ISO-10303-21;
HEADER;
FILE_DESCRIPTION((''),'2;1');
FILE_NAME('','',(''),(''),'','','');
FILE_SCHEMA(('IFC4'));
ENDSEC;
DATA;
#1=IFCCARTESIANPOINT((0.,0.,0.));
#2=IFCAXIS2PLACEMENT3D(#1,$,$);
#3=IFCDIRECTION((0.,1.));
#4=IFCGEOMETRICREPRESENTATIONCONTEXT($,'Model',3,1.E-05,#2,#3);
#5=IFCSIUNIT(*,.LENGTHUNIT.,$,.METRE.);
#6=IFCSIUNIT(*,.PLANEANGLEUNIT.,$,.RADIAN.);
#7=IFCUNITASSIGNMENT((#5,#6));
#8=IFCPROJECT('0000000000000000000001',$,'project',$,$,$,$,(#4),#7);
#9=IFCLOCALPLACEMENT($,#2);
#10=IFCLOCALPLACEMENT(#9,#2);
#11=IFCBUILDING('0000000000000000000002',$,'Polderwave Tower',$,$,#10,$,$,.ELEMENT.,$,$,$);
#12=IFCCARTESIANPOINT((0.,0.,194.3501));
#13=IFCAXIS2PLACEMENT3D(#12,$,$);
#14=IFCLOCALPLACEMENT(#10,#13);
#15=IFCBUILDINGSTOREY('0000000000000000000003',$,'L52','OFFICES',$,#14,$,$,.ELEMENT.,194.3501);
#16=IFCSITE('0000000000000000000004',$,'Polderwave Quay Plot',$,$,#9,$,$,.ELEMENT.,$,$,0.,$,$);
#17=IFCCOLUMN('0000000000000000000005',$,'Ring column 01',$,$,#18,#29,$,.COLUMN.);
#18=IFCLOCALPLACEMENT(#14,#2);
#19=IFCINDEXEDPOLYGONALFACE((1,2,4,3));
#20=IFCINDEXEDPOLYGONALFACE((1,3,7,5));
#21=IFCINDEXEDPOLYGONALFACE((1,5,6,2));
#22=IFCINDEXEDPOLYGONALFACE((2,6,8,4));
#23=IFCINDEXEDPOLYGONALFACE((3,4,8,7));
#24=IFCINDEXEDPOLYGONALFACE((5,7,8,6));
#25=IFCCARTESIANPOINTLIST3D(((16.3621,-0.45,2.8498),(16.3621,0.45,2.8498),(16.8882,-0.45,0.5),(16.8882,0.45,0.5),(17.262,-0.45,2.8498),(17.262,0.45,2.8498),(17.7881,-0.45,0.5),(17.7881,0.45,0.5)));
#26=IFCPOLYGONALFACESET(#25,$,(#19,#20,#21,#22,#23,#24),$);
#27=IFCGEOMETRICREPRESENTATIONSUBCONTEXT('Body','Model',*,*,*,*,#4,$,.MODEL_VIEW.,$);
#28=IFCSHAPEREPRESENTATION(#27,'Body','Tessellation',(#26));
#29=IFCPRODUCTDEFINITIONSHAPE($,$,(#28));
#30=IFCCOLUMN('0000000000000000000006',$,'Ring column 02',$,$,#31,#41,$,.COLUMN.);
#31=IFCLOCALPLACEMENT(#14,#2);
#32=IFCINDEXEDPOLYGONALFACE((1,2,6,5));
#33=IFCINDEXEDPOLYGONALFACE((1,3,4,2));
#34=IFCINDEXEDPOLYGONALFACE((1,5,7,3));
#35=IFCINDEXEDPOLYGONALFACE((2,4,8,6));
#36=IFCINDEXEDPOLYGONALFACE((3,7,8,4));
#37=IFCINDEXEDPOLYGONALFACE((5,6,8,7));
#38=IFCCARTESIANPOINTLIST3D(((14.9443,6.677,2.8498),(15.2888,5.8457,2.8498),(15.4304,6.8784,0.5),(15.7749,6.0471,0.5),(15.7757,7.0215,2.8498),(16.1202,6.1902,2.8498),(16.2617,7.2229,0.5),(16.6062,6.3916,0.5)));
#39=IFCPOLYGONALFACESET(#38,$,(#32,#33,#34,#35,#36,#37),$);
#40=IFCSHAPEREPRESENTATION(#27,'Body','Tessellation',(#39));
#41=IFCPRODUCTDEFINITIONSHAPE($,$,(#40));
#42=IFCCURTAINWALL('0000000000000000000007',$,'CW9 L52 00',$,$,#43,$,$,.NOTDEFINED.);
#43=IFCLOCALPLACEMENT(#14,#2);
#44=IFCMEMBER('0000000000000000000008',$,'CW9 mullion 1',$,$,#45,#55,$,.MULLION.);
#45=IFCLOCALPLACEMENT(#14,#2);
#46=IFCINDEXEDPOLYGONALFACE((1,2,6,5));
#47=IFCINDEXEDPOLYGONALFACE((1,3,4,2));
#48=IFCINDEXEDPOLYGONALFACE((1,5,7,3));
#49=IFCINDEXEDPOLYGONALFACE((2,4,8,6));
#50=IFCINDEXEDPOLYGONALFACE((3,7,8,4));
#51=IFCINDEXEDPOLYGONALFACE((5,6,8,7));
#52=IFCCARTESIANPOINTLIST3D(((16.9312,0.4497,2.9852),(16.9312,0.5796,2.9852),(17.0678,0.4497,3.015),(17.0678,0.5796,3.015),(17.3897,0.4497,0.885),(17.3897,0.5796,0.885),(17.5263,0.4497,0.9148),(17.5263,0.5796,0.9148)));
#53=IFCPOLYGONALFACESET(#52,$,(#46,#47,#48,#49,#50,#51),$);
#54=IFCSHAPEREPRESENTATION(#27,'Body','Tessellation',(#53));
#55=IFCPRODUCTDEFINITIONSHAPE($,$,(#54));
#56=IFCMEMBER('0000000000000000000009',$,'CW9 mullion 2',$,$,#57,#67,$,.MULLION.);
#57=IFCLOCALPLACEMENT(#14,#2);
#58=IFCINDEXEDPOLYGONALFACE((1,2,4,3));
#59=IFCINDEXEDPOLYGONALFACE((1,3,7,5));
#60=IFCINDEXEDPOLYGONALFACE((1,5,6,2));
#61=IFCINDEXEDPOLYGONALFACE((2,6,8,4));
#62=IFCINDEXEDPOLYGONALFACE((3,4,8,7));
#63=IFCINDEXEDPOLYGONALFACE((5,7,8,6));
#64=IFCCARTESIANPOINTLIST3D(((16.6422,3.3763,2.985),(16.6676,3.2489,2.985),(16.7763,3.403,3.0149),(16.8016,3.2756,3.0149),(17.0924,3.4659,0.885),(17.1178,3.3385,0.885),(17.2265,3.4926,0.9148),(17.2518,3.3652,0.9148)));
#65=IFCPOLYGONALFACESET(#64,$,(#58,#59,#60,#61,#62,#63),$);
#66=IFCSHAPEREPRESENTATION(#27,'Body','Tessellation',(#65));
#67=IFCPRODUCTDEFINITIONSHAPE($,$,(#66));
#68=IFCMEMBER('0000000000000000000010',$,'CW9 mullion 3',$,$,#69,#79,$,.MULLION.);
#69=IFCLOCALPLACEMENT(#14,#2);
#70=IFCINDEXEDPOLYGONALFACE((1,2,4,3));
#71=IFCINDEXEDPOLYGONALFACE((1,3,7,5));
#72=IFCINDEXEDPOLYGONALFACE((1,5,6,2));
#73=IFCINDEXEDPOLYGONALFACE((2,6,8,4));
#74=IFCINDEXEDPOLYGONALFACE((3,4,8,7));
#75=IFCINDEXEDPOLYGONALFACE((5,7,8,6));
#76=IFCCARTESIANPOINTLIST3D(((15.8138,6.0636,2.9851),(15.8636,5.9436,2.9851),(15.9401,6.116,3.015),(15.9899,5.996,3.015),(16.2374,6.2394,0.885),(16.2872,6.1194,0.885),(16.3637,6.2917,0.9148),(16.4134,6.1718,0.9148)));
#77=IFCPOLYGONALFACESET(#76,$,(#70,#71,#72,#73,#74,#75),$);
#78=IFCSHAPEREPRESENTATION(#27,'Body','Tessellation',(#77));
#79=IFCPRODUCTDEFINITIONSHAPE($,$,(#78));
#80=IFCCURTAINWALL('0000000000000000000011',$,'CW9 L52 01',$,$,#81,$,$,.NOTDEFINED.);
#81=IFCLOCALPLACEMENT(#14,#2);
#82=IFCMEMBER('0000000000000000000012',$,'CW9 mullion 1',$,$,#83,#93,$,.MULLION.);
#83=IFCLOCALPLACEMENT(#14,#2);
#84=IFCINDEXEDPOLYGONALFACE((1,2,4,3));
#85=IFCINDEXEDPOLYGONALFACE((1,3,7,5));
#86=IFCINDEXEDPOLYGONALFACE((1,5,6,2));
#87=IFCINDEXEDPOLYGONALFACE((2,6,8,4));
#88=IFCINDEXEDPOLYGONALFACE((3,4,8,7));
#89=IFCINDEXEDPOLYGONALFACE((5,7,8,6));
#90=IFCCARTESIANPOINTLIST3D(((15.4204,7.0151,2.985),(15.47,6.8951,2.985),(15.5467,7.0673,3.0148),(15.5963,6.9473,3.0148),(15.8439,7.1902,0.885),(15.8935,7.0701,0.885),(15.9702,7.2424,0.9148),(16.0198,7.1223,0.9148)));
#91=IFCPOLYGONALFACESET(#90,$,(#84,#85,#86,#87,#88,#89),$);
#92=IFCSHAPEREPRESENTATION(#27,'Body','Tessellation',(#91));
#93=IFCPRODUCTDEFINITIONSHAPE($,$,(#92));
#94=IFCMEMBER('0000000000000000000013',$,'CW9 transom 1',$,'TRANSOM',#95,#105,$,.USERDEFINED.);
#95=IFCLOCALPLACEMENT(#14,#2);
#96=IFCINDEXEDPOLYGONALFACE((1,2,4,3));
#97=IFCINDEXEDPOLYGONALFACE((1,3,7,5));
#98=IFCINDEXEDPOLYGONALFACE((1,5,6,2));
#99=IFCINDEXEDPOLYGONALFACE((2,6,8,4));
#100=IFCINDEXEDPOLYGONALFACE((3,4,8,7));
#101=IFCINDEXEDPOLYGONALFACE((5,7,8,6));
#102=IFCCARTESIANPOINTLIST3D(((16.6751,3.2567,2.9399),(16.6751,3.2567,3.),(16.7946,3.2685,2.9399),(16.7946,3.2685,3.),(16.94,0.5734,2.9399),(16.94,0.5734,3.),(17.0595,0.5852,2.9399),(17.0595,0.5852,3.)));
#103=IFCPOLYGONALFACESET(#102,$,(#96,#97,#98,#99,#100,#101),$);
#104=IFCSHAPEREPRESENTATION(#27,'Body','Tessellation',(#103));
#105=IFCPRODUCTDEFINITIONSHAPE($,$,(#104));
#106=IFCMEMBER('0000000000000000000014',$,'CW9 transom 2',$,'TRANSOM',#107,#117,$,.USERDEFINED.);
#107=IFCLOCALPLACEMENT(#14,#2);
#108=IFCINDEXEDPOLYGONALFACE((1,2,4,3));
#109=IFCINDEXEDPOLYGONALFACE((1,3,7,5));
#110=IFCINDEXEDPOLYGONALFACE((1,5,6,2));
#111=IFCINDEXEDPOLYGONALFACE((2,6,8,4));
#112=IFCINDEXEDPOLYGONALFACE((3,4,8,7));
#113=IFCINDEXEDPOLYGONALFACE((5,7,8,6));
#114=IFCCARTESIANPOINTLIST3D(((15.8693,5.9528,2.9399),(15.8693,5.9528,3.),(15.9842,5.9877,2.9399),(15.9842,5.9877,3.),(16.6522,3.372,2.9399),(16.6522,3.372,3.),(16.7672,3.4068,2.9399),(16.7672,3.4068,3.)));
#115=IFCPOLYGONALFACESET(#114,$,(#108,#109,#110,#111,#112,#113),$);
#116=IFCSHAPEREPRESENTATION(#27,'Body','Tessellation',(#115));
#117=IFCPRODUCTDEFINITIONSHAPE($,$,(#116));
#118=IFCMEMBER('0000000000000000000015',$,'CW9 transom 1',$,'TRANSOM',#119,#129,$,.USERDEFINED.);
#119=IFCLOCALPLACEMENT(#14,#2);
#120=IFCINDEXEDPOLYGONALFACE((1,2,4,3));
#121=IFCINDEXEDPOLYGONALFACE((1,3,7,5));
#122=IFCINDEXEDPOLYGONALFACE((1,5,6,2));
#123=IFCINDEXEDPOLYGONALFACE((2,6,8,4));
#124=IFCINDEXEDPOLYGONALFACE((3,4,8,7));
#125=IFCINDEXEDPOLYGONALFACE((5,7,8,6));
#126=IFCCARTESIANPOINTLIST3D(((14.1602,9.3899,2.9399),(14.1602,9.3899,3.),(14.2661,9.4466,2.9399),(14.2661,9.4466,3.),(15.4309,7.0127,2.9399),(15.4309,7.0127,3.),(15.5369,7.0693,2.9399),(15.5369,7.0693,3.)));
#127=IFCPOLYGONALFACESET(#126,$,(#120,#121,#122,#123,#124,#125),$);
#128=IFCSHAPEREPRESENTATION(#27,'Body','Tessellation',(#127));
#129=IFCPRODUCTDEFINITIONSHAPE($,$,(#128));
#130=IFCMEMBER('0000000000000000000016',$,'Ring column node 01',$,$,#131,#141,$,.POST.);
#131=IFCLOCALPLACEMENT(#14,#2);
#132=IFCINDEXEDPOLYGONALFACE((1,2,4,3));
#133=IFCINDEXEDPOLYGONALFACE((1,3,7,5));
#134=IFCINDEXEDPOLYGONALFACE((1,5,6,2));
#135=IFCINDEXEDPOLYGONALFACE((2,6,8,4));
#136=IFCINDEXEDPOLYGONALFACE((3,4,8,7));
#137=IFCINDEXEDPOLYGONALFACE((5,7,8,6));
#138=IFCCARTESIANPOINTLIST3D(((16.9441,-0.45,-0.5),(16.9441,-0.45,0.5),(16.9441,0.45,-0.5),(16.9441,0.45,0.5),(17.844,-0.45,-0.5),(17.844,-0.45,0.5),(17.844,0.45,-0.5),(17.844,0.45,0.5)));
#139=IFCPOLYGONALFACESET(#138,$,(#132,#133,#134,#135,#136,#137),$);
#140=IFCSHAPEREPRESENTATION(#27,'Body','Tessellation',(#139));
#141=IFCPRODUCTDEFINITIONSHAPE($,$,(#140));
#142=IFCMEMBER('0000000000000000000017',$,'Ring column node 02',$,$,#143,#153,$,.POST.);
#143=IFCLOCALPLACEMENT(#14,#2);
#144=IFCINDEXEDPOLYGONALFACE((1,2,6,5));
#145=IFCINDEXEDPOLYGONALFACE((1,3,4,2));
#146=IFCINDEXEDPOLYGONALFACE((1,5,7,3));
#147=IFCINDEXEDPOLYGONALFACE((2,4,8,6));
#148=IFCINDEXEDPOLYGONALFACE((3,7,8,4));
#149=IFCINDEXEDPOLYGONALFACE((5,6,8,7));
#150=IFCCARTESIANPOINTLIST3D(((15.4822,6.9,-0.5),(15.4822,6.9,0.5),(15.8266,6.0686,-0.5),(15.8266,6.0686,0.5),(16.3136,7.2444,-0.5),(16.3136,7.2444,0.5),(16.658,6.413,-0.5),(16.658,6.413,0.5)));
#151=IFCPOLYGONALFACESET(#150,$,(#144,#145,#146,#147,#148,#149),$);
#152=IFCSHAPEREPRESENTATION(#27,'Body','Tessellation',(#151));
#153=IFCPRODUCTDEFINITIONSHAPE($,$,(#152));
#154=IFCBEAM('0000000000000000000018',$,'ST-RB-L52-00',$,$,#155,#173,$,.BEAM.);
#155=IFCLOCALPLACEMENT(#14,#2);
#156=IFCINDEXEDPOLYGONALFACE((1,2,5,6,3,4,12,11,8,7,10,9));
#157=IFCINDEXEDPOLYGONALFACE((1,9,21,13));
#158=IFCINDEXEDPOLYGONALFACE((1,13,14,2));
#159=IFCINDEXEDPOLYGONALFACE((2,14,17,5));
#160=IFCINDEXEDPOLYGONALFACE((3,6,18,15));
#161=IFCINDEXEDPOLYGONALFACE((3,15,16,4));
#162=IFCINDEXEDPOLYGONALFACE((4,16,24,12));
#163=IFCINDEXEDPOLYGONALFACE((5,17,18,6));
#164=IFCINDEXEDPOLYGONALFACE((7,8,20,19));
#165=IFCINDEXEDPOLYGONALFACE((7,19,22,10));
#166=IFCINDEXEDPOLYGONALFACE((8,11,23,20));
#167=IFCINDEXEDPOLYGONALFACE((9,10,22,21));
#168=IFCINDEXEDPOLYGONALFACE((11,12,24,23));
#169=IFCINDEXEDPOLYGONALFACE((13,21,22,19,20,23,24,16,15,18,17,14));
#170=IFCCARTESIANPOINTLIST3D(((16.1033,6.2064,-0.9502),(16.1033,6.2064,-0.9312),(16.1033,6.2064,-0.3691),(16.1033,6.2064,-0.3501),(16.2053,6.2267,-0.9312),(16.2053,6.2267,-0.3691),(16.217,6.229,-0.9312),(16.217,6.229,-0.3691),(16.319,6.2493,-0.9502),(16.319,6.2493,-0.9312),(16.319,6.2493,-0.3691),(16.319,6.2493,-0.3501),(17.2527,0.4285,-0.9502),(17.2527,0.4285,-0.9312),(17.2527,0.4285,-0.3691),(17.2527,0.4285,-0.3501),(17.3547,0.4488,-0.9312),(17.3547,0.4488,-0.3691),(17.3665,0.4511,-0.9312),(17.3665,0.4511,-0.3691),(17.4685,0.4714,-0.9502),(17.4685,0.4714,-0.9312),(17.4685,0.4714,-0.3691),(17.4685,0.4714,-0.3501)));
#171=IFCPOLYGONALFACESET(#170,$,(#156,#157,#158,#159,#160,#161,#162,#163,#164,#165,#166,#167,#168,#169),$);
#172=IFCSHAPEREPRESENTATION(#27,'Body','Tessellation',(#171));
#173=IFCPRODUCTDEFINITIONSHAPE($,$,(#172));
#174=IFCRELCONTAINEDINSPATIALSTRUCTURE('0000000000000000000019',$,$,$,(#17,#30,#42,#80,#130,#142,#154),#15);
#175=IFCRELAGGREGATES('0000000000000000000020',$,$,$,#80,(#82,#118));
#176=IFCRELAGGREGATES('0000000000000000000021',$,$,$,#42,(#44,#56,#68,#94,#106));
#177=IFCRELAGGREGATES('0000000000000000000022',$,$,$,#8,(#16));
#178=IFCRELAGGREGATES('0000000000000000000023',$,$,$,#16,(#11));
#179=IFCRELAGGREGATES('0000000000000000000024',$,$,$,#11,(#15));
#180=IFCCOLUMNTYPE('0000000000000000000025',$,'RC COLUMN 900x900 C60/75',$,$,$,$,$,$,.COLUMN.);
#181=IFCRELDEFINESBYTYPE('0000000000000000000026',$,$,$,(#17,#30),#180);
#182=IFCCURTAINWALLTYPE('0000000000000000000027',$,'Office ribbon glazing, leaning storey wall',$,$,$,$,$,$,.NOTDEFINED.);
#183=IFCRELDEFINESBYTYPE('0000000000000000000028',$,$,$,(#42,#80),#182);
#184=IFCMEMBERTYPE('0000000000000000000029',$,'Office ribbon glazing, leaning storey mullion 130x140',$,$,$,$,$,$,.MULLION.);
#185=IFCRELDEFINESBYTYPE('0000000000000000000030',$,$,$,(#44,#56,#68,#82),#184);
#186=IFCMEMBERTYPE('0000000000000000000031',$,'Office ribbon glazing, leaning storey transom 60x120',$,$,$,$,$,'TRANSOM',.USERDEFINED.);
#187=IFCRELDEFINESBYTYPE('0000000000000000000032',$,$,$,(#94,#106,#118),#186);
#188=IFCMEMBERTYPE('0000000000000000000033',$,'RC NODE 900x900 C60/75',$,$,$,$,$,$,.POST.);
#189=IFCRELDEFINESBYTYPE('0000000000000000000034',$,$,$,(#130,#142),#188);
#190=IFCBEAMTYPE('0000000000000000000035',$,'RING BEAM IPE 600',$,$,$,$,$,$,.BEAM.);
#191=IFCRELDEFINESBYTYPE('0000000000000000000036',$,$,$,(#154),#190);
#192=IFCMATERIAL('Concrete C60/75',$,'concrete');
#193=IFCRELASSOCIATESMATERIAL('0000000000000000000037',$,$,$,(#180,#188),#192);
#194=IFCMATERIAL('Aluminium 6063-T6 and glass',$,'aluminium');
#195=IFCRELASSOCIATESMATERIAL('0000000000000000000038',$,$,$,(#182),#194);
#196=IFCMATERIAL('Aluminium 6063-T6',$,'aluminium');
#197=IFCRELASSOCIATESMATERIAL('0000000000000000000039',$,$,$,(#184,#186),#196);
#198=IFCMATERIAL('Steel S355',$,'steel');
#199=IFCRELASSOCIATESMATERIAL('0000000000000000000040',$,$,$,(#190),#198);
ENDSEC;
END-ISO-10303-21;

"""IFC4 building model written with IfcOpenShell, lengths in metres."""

from ifc_helpers import new_model, si_unit, direction, frame, origin, origin_2d, place, context, subcontext, project, spatial, rectangle, i_section, extrude, material, material_profile, profile_set, type_object, element, aggregate, save


model = new_model("IFC4")

# Units and contexts
model_context = context("Model", 3, precision=1e-05, world=origin(), true_north=direction((0.0, 1.0)))
body_context = subcontext(model_context, "Body", "Model", "MODEL_VIEW")
ifc_project = project(units=[si_unit("LENGTHUNIT", "METRE"), si_unit("PLANEANGLEUNIT", "RADIAN")], contexts=[model_context])

# Site, building, storey
site_placement = place(None, origin())
site = spatial("IfcSite", under=ifc_project, at=site_placement, Name="Polderwave Quay Plot", CompositionType="ELEMENT", RefElevation=0.0)
building_placement = place(site_placement, origin())
building = spatial("IfcBuilding", under=site, at=building_placement, Name="Polderwave Tower", CompositionType="ELEMENT")
storey_placement = place(building_placement, frame((0.0, 0.0, 194.3501)))
storey = spatial("IfcBuildingStorey", under=building, at=storey_placement, Name="L52", Description="OFFICES", CompositionType="ELEMENT", Elevation=194.3501)

# Columns
ifc_material_1 = material(Name="Concrete C60/75", Category="concrete")
ifc_material_profile_1 = material_profile(ifc_material_1, rectangle(XDim=0.8999, YDim=0.8999, at=origin_2d()), Name="RC 900x900")
ifc_profile_set_1 = profile_set([ifc_material_profile_1], Name="Concrete C60/75")
column_type = type_object("IfcColumnType", Name="RC COLUMN 900x900 C60/75", PredefinedType="COLUMN", material=ifc_profile_set_1)
column_1_placement = place(storey_placement, frame((17.3381, 0.0, 0.5), z_axis=(0.0, 0.0, 1.0), x_axis=(0.0, -1.0, 0.0)))
element("IfcColumn", 1, at=column_1_placement, inside=storey, type_object=column_type, Name="Ring column 01", PredefinedType="COLUMN", context=body_context, shape_type="SweptSolid", body=[
    extrude(rectangle(XDim=0.8999, YDim=0.8999, at=origin_2d()), origin(), (0.0, -0.218487, 0.97584), 2.408),
])
column_2_placement = place(storey_placement, frame((16.0183, 6.635, 0.5), z_axis=(0.0, 0.0, 1.0), x_axis=(0.382803, -0.92383, 0.0)))
element("IfcColumn", 2, at=column_2_placement, inside=storey, type_object=column_type, Name="Ring column 02", PredefinedType="COLUMN", context=body_context, shape_type="SweptSolid", body=[
    extrude(rectangle(XDim=0.8999, YDim=0.8999, at=origin_2d()), origin(), (0.0, -0.218502, 0.975836), 2.408),
])

# Curtain wall, members
ifc_material_2 = material(Name="Aluminium 6063-T6 and glass", Category="aluminium")
curtain_wall_type = type_object("IfcCurtainWallType", Name="Office ribbon glazing, leaning storey wall", PredefinedType="NOTDEFINED", material=ifc_material_2)
curtain_wall_1_placement = place(storey_placement, origin())
curtain_wall_1 = element("IfcCurtainWall", 3, at=curtain_wall_1_placement, inside=storey, type_object=curtain_wall_type, Name="CW9 L52 00", PredefinedType="NOTDEFINED")
ifc_material_3 = material(Name="Aluminium 6063-T6", Category="aluminium")
ifc_material_profile_2 = material_profile(ifc_material_3, rectangle(XDim=0.1299, YDim=0.1399, at=origin_2d()), Name="AL 130x140")
ifc_profile_set_2 = profile_set([ifc_material_profile_2], Name="Aluminium 6063-T6")
member_type_1 = type_object("IfcMemberType", Name="Office ribbon glazing, leaning storey mullion 130x140", PredefinedType="MULLION", material=ifc_profile_set_2)
member_1_placement = place(storey_placement, frame((17.458, 0.5146, 0.8999), z_axis=(-0.213297, 0.0, 0.976987), x_axis=(0.0, -1.0, 0.0)))
member_1 = element("IfcMember", 4, at=member_1_placement, type_object=member_type_1, Name="CW9 mullion 1", PredefinedType="MULLION", context=body_context, shape_type="SweptSolid", body=[
    extrude(rectangle(XDim=0.1299, YDim=0.1399, at=origin_2d()), origin(), (0.0, 0.0, 1.0), 2.1497),
])
member_2_placement = place(storey_placement, frame((17.1721, 3.4155, 0.8999), z_axis=(-0.209425, -0.04168, 0.976936), x_axis=(0.195196, -0.980764, 0.0)))
member_2 = element("IfcMember", 5, at=member_2_placement, type_object=member_type_1, Name="CW9 mullion 2", PredefinedType="MULLION", context=body_context, shape_type="SweptSolid", body=[
    extrude(rectangle(XDim=0.1299, YDim=0.1399, at=origin_2d()), origin(), (0.0, 0.0, 1.0), 2.1497),
])
member_3_placement = place(storey_placement, frame((16.3254, 6.2056, 0.8999), z_axis=(-0.197053, -0.081774, 0.976976), x_axis=(0.383292, -0.923627, 0.0)))
member_3 = element("IfcMember", 6, at=member_3_placement, type_object=member_type_1, Name="CW9 mullion 3", PredefinedType="MULLION", context=body_context, shape_type="SweptSolid", body=[
    extrude(rectangle(XDim=0.1299, YDim=0.1399, at=origin_2d()), origin(), (0.0, 0.0, 1.0), 2.1497),
])

# Curtain wall, member
curtain_wall_2_placement = place(storey_placement, origin())
curtain_wall_2 = element("IfcCurtainWall", 7, at=curtain_wall_2_placement, inside=storey, type_object=curtain_wall_type, Name="CW9 L52 01", PredefinedType="NOTDEFINED")
member_4_placement = place(storey_placement, frame((15.9319, 7.1562, 0.8999), z_axis=(-0.197059, -0.081436, 0.977004), x_axis=(0.381928, -0.924192, 0.0)))
member_4 = element("IfcMember", 8, at=member_4_placement, type_object=member_type_1, Name="CW9 mullion 1", PredefinedType="MULLION", context=body_context, shape_type="SweptSolid", body=[
    extrude(rectangle(XDim=0.1299, YDim=0.1399, at=origin_2d()), origin(), (0.0, 0.0, 1.0), 2.1494),
])

# Members
ifc_material_profile_3 = material_profile(ifc_material_3, rectangle(XDim=0.1201, YDim=0.0601, at=origin_2d()), Name="AL 60x120")
ifc_profile_set_3 = profile_set([ifc_material_profile_3], Name="Aluminium 6063-T6")
member_type_2 = type_object("IfcMemberType", Name="Office ribbon glazing, leaning storey transom 60x120", ElementType="TRANSOM", PredefinedType="USERDEFINED", material=ifc_profile_set_3)
member_5_placement = place(storey_placement, frame((16.9998, 0.5793, 2.97), z_axis=(-0.09824, 0.995163, 0.0), x_axis=(-0.995163, -0.09824, 0.0)))
member_5 = element("IfcMember", 9, at=member_5_placement, type_object=member_type_2, Name="CW9 transom 1", ObjectType="TRANSOM", PredefinedType="USERDEFINED", context=body_context, shape_type="SweptSolid", body=[
    extrude(rectangle(XDim=0.1201, YDim=0.0601, at=origin_2d()), origin(), (0.0, 0.0, 1.0), 2.6963),
])
member_6_placement = place(storey_placement, frame((16.7097, 3.3894, 2.97), z_axis=(-0.290311, 0.956932, 0.0), x_axis=(-0.956932, -0.290311, 0.0)))
member_6 = element("IfcMember", 10, at=member_6_placement, type_object=member_type_2, Name="CW9 transom 2", ObjectType="TRANSOM", PredefinedType="USERDEFINED", context=body_context, shape_type="SweptSolid", body=[
    extrude(rectangle(XDim=0.1201, YDim=0.0601, at=origin_2d()), origin(), (0.0, 0.0, 1.0), 2.697),
])
member_7_placement = place(storey_placement, frame((15.4839, 7.041, 2.97), z_axis=(-0.471429, 0.881904, 0.0), x_axis=(-0.881904, -0.471429, 0.0)))
member_7 = element("IfcMember", 11, at=member_7_placement, type_object=member_type_2, Name="CW9 transom 1", ObjectType="TRANSOM", PredefinedType="USERDEFINED", context=body_context, shape_type="SweptSolid", body=[
    extrude(rectangle(XDim=0.1201, YDim=0.0601, at=origin_2d()), origin(), (0.0, 0.0, 1.0), 2.6956),
])
aggregate(curtain_wall_2, [member_4, member_7])

# Members
ifc_material_profile_4 = material_profile(ifc_material_1, rectangle(XDim=0.8999, YDim=0.8999, at=origin_2d()), Name="RC 900x900")
ifc_profile_set_4 = profile_set([ifc_material_profile_4], Name="Concrete C60/75")
member_type_3 = type_object("IfcMemberType", Name="RC NODE 900x900 C60/75", PredefinedType="POST", material=ifc_profile_set_4)
for number, where, z_axis, x_axis, name in (
    (12, (17.394, 0.0, -0.5), (0.0, 0.0, 1.0), (1.0, 0.0, 0.0), "Ring column node 01"),
    (13, (16.0701, 6.6565, -0.5), (0.0, 0.0, 1.0), (0.92388, 0.382683, 0.0), "Ring column node 02"),
):
    element("IfcMember", number, at=place(storey_placement, frame(where, z_axis=z_axis, x_axis=x_axis)), inside=storey, type_object=member_type_3, Name=name, PredefinedType="POST", context=body_context, shape_type="SweptSolid", body=[
        extrude(rectangle(XDim=0.8999, YDim=0.8999, at=origin_2d()), origin(), (0.0, 0.0, 1.0), 1.0),
    ])

# Beam
ifc_material_4 = material(Name="Steel S355", Category="steel")
ifc_material_profile_5 = material_profile(ifc_material_4, i_section(OverallWidth=0.22, OverallDepth=0.6001, WebThickness=0.012, FlangeThickness=0.019, at=origin_2d()), Name="IPE 600")
ifc_profile_set_5 = profile_set([ifc_material_profile_5], Name="Steel S355")
beam_type = type_object("IfcBeamType", Name="RING BEAM IPE 600", PredefinedType="BEAM", material=ifc_profile_set_5)
beam_1_placement = place(storey_placement, frame((17.3606, 0.45, -0.6501), z_axis=(-0.195112, 0.980781, 0.0), x_axis=(-0.980781, -0.195112, 0.0)))
element("IfcBeam", 14, at=beam_1_placement, inside=storey, type_object=beam_type, Name="ST-RB-L52-00", PredefinedType="BEAM", context=body_context, shape_type="SweptSolid", body=[
    extrude(i_section(OverallWidth=0.22, OverallDepth=0.6001, WebThickness=0.012, FlangeThickness=0.019, at=origin_2d()), origin(), (0.0, 0.0, 1.0), 5.8911),
])

aggregate(curtain_wall_1, [member_1, member_2, member_3, member_5, member_6])

save(model, "model.ifc")
